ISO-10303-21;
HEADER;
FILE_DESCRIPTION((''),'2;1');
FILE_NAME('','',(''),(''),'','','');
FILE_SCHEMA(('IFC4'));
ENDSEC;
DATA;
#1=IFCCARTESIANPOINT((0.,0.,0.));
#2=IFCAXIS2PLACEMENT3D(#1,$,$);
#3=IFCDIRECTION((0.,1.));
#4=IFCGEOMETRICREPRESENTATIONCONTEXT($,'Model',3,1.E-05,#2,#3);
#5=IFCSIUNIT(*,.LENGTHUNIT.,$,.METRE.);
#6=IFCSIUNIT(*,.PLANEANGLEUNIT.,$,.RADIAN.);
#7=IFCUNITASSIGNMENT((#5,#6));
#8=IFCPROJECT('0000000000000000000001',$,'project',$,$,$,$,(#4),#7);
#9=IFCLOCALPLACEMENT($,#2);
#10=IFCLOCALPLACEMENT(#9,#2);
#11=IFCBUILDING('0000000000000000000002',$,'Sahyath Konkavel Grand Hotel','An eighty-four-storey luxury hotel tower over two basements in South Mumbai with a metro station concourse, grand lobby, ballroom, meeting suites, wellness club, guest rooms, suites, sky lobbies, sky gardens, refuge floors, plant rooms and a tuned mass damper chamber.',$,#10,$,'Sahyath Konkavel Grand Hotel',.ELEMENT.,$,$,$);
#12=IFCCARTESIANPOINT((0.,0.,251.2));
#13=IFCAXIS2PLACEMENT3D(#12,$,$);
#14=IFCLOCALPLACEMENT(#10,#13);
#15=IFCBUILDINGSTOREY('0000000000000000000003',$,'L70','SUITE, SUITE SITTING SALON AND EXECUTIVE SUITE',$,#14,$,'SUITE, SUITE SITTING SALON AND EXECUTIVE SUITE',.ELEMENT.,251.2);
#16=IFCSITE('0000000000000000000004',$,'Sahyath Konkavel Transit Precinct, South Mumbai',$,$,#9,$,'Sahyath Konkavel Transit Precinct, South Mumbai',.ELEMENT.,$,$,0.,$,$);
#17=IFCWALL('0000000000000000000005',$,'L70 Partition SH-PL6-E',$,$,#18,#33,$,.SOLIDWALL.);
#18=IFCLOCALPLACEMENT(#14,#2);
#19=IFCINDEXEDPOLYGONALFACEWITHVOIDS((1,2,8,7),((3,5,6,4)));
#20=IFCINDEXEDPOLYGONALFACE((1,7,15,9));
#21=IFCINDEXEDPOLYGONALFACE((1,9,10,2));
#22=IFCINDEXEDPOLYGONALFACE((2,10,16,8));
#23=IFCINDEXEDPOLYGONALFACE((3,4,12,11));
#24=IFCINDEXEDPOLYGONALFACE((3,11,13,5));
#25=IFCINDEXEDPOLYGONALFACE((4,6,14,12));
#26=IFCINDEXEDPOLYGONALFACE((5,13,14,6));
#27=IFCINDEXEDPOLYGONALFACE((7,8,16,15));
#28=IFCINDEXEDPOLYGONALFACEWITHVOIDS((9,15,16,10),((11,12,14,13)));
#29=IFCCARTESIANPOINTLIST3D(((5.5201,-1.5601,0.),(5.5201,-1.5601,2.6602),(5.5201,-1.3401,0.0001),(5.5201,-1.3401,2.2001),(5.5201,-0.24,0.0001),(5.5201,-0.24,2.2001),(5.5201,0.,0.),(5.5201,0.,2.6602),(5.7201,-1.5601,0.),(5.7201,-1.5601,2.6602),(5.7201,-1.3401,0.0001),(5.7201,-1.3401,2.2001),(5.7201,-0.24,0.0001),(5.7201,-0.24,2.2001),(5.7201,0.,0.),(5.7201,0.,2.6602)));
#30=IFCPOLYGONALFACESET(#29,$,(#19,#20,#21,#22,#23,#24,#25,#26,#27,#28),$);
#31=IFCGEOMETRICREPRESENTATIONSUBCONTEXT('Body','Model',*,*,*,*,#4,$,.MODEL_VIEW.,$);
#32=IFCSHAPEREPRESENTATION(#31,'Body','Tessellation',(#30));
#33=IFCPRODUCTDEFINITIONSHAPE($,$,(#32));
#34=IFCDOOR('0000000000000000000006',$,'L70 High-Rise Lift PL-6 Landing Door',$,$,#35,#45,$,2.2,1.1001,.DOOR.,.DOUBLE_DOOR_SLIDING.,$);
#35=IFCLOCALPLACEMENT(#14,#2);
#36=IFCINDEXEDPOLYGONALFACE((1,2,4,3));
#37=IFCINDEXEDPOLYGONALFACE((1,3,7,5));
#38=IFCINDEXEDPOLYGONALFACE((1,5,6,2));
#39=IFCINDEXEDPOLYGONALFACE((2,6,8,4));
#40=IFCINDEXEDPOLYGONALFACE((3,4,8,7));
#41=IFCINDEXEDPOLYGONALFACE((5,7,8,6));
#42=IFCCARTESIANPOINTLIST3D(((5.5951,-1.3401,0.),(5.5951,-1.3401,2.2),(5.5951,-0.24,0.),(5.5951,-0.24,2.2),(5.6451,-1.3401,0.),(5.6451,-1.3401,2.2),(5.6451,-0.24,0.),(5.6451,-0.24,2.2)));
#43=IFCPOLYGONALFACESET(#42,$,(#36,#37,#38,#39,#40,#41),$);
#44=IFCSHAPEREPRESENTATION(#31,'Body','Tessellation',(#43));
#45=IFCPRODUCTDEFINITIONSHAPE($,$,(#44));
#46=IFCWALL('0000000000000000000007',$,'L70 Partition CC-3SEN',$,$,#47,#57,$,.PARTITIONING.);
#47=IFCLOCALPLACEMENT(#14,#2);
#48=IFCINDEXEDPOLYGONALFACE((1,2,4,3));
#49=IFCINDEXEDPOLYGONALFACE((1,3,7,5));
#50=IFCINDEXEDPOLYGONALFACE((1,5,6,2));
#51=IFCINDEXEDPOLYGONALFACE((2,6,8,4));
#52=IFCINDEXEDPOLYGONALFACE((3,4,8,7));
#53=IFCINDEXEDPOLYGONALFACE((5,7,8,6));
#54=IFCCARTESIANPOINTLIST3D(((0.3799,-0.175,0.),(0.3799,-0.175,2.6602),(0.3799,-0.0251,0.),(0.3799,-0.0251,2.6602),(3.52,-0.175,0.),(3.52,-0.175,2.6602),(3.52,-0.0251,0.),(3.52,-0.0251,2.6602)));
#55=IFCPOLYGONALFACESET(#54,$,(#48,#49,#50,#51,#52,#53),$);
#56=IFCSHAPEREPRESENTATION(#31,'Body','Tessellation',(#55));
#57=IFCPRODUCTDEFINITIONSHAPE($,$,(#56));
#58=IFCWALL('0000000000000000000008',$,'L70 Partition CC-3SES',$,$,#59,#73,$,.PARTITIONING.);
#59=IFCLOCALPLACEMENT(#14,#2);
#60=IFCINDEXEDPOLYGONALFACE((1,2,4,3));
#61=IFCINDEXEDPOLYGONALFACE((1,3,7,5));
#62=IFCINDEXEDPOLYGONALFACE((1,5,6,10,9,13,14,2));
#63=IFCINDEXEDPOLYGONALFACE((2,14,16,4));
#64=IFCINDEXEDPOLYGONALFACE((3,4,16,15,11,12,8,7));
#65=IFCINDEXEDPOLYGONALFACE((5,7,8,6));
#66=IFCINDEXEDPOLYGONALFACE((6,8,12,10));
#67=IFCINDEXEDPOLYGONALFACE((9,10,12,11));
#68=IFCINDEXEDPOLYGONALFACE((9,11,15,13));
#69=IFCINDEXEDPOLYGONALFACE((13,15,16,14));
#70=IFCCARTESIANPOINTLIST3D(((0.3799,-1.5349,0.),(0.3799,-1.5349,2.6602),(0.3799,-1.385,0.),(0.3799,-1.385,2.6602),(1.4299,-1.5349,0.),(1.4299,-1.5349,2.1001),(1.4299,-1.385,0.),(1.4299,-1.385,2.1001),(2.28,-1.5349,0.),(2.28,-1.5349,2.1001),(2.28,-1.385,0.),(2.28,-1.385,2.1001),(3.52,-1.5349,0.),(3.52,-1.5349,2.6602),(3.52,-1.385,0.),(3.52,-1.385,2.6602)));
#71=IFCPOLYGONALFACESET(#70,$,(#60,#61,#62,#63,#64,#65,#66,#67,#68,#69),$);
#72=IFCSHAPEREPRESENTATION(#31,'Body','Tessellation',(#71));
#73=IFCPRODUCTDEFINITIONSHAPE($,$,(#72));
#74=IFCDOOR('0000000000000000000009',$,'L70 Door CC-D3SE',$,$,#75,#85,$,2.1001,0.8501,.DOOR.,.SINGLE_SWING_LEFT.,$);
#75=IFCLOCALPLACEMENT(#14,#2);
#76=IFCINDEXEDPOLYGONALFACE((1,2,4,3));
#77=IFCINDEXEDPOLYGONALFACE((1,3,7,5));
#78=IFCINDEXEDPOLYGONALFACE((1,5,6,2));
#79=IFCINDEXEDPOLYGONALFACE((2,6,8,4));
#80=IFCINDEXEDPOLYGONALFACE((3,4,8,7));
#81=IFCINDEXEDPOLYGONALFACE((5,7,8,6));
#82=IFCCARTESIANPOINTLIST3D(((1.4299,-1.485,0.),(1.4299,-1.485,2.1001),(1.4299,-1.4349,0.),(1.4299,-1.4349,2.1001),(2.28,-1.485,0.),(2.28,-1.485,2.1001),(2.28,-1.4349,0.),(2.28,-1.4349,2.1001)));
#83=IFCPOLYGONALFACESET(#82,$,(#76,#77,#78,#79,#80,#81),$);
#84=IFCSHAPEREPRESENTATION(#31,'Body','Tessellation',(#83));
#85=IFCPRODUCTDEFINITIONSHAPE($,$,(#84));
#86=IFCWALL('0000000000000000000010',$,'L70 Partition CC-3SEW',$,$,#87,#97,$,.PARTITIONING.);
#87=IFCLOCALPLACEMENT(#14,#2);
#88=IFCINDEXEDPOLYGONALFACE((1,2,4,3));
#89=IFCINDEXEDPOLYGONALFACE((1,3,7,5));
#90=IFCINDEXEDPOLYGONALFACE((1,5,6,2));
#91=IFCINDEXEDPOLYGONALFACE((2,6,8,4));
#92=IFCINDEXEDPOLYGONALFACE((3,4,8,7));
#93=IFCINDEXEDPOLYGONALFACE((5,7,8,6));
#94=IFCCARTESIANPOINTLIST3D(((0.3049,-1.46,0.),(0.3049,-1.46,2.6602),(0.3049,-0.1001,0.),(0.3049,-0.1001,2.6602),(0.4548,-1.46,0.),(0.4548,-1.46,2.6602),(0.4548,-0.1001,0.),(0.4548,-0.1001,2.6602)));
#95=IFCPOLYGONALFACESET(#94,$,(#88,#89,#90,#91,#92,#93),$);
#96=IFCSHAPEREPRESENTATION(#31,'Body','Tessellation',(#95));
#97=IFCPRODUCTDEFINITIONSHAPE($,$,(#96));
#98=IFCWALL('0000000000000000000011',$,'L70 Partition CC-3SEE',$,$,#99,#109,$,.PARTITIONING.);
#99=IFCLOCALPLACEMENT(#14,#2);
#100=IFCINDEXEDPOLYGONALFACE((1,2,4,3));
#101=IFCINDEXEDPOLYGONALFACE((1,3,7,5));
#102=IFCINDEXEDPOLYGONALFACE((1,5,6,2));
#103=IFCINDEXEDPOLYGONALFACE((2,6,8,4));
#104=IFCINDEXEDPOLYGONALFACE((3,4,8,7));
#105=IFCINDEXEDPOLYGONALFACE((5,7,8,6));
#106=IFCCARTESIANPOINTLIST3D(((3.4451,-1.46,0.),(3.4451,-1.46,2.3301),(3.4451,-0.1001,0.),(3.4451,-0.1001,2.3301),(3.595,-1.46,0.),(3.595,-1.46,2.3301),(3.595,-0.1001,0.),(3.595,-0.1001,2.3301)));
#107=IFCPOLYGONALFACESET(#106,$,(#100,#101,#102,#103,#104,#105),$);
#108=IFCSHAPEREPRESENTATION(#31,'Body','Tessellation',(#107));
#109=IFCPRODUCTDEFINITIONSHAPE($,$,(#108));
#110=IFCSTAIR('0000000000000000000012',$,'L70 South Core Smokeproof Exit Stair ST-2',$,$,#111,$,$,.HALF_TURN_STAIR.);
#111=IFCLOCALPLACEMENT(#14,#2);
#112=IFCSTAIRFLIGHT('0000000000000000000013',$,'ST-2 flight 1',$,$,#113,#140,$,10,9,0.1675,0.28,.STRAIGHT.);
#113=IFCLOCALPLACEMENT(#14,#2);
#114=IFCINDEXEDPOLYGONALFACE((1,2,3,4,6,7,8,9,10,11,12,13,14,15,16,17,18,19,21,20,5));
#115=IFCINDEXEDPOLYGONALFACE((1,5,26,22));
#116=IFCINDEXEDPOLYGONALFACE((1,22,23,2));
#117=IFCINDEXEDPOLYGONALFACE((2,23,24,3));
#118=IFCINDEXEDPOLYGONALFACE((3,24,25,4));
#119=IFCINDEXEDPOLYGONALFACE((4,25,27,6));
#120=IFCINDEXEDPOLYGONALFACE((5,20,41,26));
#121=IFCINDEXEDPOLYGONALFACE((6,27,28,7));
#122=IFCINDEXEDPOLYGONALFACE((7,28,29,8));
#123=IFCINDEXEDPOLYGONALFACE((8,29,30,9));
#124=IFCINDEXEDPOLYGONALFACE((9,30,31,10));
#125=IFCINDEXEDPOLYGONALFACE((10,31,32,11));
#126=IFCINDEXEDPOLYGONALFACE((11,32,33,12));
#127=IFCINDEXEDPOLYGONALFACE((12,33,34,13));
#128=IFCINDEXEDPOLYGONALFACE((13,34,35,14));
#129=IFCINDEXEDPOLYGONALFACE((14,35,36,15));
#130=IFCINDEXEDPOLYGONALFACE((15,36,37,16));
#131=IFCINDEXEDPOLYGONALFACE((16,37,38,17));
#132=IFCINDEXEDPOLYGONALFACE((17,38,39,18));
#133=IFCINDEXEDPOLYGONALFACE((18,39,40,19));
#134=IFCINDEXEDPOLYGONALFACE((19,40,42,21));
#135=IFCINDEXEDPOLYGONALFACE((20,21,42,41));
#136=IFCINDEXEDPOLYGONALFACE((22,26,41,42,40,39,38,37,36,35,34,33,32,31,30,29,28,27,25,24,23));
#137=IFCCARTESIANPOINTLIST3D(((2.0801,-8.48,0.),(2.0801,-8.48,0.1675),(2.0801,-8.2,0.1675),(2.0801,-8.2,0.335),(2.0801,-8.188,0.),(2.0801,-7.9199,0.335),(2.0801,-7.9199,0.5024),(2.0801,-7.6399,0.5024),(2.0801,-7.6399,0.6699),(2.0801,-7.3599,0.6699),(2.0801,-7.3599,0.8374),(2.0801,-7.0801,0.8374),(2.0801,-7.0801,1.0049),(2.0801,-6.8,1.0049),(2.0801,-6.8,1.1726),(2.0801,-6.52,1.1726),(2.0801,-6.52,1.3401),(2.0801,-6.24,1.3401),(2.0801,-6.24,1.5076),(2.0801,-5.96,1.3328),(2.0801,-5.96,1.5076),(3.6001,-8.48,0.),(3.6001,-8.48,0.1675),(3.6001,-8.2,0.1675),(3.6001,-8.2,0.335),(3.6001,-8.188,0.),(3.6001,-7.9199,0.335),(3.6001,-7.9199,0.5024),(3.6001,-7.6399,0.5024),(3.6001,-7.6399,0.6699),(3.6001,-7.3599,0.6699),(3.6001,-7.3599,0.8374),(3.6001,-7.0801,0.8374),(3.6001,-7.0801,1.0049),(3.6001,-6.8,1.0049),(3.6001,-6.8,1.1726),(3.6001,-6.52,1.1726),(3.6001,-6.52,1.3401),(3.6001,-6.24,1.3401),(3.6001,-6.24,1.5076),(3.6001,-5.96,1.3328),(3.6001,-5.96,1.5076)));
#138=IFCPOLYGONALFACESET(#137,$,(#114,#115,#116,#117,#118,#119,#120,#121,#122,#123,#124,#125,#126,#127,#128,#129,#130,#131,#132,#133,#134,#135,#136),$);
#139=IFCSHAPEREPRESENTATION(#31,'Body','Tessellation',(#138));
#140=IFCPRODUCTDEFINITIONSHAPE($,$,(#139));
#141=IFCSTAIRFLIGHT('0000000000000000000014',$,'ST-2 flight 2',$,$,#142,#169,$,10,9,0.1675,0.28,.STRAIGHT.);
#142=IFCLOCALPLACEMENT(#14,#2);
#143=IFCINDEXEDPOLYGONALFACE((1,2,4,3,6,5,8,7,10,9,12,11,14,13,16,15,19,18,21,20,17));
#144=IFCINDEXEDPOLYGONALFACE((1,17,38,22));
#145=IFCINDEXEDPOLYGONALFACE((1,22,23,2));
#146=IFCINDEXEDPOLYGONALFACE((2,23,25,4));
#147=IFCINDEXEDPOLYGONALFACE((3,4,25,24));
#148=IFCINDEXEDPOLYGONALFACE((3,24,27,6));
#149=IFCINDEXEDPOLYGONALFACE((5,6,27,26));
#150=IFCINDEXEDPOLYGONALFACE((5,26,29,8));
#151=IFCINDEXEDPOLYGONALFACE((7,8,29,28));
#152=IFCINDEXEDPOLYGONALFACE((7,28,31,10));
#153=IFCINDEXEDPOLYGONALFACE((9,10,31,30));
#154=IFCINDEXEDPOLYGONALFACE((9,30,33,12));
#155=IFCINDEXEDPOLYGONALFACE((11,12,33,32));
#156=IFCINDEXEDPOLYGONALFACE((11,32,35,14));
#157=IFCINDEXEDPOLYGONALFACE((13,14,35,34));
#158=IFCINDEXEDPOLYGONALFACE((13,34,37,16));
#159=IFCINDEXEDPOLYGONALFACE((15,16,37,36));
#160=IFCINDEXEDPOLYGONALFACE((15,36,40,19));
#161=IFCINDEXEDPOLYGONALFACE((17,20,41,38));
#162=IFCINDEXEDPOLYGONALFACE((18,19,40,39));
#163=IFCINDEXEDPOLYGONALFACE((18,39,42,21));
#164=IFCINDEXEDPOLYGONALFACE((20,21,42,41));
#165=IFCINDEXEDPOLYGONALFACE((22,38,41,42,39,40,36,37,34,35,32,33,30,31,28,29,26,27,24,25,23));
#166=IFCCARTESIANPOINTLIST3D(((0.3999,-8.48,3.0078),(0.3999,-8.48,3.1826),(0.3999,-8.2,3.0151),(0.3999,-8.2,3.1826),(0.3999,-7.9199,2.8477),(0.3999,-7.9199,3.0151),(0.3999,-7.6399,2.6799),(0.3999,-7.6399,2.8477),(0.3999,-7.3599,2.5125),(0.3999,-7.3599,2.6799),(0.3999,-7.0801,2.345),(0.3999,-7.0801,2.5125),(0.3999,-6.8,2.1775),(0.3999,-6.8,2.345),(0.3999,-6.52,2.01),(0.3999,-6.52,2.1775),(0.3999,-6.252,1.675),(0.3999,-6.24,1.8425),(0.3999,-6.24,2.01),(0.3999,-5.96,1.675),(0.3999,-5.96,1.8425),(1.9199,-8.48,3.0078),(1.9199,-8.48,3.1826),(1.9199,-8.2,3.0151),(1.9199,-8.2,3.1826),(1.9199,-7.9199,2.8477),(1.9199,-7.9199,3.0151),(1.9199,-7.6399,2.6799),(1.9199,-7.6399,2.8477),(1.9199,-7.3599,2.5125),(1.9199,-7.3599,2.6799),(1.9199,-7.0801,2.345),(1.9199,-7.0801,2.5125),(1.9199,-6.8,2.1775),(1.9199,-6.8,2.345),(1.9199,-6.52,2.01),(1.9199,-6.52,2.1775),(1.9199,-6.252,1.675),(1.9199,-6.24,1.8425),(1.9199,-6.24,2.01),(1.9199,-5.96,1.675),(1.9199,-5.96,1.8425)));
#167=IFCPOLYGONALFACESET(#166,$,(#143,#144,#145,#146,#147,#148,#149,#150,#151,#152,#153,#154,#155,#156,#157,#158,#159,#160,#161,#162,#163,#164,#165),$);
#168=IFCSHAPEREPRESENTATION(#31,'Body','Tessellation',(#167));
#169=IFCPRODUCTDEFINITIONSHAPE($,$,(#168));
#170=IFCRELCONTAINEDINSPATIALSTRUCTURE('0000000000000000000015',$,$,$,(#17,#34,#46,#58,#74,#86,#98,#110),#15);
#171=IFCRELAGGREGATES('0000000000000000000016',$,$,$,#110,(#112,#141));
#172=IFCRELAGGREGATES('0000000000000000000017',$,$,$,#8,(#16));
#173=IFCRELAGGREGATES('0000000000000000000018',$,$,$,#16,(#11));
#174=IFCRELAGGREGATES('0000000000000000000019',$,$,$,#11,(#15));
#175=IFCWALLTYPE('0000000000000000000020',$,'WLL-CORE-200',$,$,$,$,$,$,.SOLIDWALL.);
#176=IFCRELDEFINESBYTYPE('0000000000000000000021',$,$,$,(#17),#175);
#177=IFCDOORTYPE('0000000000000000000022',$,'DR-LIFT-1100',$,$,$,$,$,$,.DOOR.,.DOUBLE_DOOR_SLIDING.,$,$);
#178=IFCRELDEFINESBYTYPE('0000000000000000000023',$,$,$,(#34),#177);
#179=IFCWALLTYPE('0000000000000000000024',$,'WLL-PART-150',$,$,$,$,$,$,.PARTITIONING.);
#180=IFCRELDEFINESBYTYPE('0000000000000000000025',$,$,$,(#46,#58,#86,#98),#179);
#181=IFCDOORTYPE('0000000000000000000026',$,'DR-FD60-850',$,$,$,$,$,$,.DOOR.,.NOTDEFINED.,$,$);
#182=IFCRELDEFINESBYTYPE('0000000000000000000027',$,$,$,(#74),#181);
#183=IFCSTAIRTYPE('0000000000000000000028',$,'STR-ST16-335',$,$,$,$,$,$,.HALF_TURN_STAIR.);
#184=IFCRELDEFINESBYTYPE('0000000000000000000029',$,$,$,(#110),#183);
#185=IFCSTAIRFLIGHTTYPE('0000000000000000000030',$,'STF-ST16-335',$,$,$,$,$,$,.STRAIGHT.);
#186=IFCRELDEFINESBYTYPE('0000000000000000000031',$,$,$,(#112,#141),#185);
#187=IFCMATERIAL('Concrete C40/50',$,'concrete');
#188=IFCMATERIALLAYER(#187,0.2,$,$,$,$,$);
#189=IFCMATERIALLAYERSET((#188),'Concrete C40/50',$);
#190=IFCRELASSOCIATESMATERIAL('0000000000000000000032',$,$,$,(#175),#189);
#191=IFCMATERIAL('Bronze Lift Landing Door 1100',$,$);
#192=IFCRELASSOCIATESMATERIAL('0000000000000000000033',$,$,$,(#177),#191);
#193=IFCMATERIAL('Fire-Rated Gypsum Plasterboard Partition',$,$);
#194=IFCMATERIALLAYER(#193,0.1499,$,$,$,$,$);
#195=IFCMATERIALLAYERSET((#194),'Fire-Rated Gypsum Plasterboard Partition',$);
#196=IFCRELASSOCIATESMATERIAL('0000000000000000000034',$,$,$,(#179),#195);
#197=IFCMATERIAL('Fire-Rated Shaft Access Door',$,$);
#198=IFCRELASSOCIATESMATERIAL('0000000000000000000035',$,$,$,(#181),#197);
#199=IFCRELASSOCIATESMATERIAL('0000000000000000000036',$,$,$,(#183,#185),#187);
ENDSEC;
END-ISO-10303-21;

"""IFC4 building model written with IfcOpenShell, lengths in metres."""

from ifc_helpers import new_model, si_unit, direction, frame, frame_2d, origin, origin_2d, place, context, subcontext, project, spatial, polyline, rectangle, outline, extrude, source, transform, mapped, material, layer, layer_set, type_object, element, fill, aggregate, save


model = new_model("IFC4")

# Units and contexts
model_context = context("Model", 3, precision=1e-05, world=origin(), true_north=direction((0.0, 1.0)))
body_context = subcontext(model_context, "Body", "Model", "MODEL_VIEW")
ifc_project = project(units=[si_unit("LENGTHUNIT", "METRE"), si_unit("PLANEANGLEUNIT", "RADIAN")], contexts=[model_context])

# Site, building, storey
site_placement = place(None, origin())
site = spatial("IfcSite", under=ifc_project, at=site_placement, Name="Sahyath Konkavel Transit Precinct, South Mumbai", LongName="Sahyath Konkavel Transit Precinct, South Mumbai", CompositionType="ELEMENT", RefElevation=0.0)
building_placement = place(site_placement, origin())
building = spatial("IfcBuilding", under=site, at=building_placement, Name="Sahyath Konkavel Grand Hotel", Description="An eighty-four-storey luxury hotel tower over two basements in South Mumbai with a metro station concourse, grand lobby, ballroom, meeting suites, wellness club, guest rooms, suites, sky lobbies, sky gardens, refuge floors, plant rooms and a tuned mass damper chamber.", LongName="Sahyath Konkavel Grand Hotel", CompositionType="ELEMENT")
storey_placement = place(building_placement, frame((0.0, 0.0, 251.2)))
storey = spatial("IfcBuildingStorey", under=building, at=storey_placement, Name="L70", Description="SUITE, SUITE SITTING SALON AND EXECUTIVE SUITE", LongName="SUITE, SUITE SITTING SALON AND EXECUTIVE SUITE", CompositionType="ELEMENT", Elevation=251.2)

# Shared definitions
ifc_material_1 = material(Name="Concrete C40/50", Category="concrete")

# Shared definitions
ifc_layer_1 = layer(ifc_material_1, 0.2)
ifc_layer_set_1 = layer_set([ifc_layer_1], Name="Concrete C40/50")
wall_type_1 = type_object("IfcWallType", Name="WLL-CORE-200", PredefinedType="SOLIDWALL", material=ifc_layer_set_1)

# Wall, opening, door
wall_1_placement = place(storey_placement, frame((5.6201, -1.5601, 0.0), z_axis=(0.0, 0.0, 1.0), x_axis=(0.0, 1.0, 0.0)))
wall_1 = element("IfcWall", 1, at=wall_1_placement, inside=storey, type_object=wall_type_1, Name="L70 Partition SH-PL6-E", PredefinedType="SOLIDWALL", context=body_context, shape_type="SweptSolid", body=[
    extrude(rectangle(XDim=1.5601, YDim=0.2, at=frame_2d((0.78, 0.0))), origin(), (0.0, 0.0, 1.0), 2.6602),
])
opening_1_placement = place(wall_1_placement, frame((0.22, 0.0, 0.0)))
opening_1 = element("IfcOpeningElement", 2, at=opening_1_placement, cuts=wall_1, PredefinedType="OPENING", context=body_context, shape_type="SweptSolid", body=[
    extrude(rectangle(XDim=1.1001, YDim=2.2, at=frame_2d((0.55, 1.1001))), frame((0.0, 0.1099, 0.0), z_axis=(0.0, -1.0, 0.0), x_axis=(1.0, 0.0, 0.0)), (0.0, 0.0, 1.0), 0.22),
])
ifc_material_2 = material(Name="Bronze Lift Landing Door 1100")
door_type_1 = type_object("IfcDoorType", Name="DR-LIFT-1100", OperationType="DOUBLE_DOOR_SLIDING", PredefinedType="DOOR", material=ifc_material_2)
shared_shape_1 = source(origin(), body_context, "Body", "SweptSolid", [
    extrude(rectangle(XDim=1.1001, YDim=0.05, at=origin_2d()), origin(), (0.0, 0.0, 1.0), 2.2),
])
door_1_placement = place(opening_1_placement, frame((0.55, 0.0, 0.0)))
door_1 = element("IfcDoor", 3, at=door_1_placement, inside=storey, type_object=door_type_1, Name="L70 High-Rise Lift PL-6 Landing Door", OperationType="DOUBLE_DOOR_SLIDING", OverallHeight=2.2, OverallWidth=1.1001, PredefinedType="DOOR", context=body_context, shape_type="MappedRepresentation", body=[
    mapped(shared_shape_1, transform((0.0, 0.0, 0.0), scale=1.0)),
])
fill(opening_1, door_1)

# Wall
ifc_material_3 = material(Name="Fire-Rated Gypsum Plasterboard Partition")
ifc_layer_2 = layer(ifc_material_3, 0.1499)
ifc_layer_set_2 = layer_set([ifc_layer_2], Name="Fire-Rated Gypsum Plasterboard Partition")
wall_type_2 = type_object("IfcWallType", Name="WLL-PART-150", PredefinedType="PARTITIONING", material=ifc_layer_set_2)
wall_2_placement = place(storey_placement, frame((0.3799, -0.1001, 0.0), z_axis=(0.0, 0.0, 1.0), x_axis=(1.0, 0.0, 0.0)))
element("IfcWall", 4, at=wall_2_placement, inside=storey, type_object=wall_type_2, Name="L70 Partition CC-3SEN", PredefinedType="PARTITIONING", context=body_context, shape_type="SweptSolid", body=[
    extrude(rectangle(XDim=3.1401, YDim=0.1499, at=frame_2d((1.5701, 0.0))), origin(), (0.0, 0.0, 1.0), 2.6602),
])

# Wall, opening, door
wall_3_placement = place(storey_placement, frame((0.3799, -1.46, 0.0), z_axis=(0.0, 0.0, 1.0), x_axis=(1.0, 0.0, 0.0)))
wall_3 = element("IfcWall", 5, at=wall_3_placement, inside=storey, type_object=wall_type_2, Name="L70 Partition CC-3SES", PredefinedType="PARTITIONING", context=body_context, shape_type="SweptSolid", body=[
    extrude(rectangle(XDim=3.1401, YDim=0.1499, at=frame_2d((1.5701, 0.0))), origin(), (0.0, 0.0, 1.0), 2.6602),
])
opening_2_placement = place(wall_3_placement, frame((1.05, 0.0, 0.0)))
opening_2 = element("IfcOpeningElement", 6, at=opening_2_placement, cuts=wall_3, PredefinedType="OPENING", context=body_context, shape_type="SweptSolid", body=[
    extrude(rectangle(XDim=0.8501, YDim=2.1001, at=frame_2d((0.425, 1.05))), frame((0.0, 0.085, 0.0), z_axis=(0.0, -1.0, 0.0), x_axis=(1.0, 0.0, 0.0)), (0.0, 0.0, 1.0), 0.1699),
])
ifc_material_4 = material(Name="Fire-Rated Shaft Access Door")
door_type_2 = type_object("IfcDoorType", Name="DR-FD60-850", OperationType="NOTDEFINED", PredefinedType="DOOR", material=ifc_material_4)
shared_shape_2 = source(origin(), body_context, "Body", "SweptSolid", [
    extrude(rectangle(XDim=0.8501, YDim=0.05, at=origin_2d()), origin(), (0.0, 0.0, 1.0), 2.1001),
])
door_2_placement = place(opening_2_placement, frame((0.425, 0.0, 0.0)))
door_2 = element("IfcDoor", 7, at=door_2_placement, inside=storey, type_object=door_type_2, Name="L70 Door CC-D3SE", OperationType="SINGLE_SWING_LEFT", OverallHeight=2.1001, OverallWidth=0.8501, PredefinedType="DOOR", context=body_context, shape_type="MappedRepresentation", body=[
    mapped(shared_shape_2, transform((0.0, 0.0, 0.0), scale=1.0)),
])
fill(opening_2, door_2)

# Walls
wall_4_placement = place(storey_placement, frame((0.3799, -1.46, 0.0), z_axis=(0.0, 0.0, 1.0), x_axis=(0.0, 1.0, 0.0)))
element("IfcWall", 8, at=wall_4_placement, inside=storey, type_object=wall_type_2, Name="L70 Partition CC-3SEW", PredefinedType="PARTITIONING", context=body_context, shape_type="SweptSolid", body=[
    extrude(rectangle(XDim=1.3599, YDim=0.1499, at=frame_2d((0.6799, 0.0))), origin(), (0.0, 0.0, 1.0), 2.6602),
])
wall_5_placement = place(storey_placement, frame((3.52, -1.46, 0.0), z_axis=(0.0, 0.0, 1.0), x_axis=(0.0, 1.0, 0.0)))
element("IfcWall", 9, at=wall_5_placement, inside=storey, type_object=wall_type_2, Name="L70 Partition CC-3SEE", PredefinedType="PARTITIONING", context=body_context, shape_type="SweptSolid", body=[
    extrude(rectangle(XDim=1.3599, YDim=0.1499, at=frame_2d((0.6799, 0.0))), origin(), (0.0, 0.0, 1.0), 2.3301),
])

# Stair, stair flights
stair_type = type_object("IfcStairType", Name="STR-ST16-335", PredefinedType="HALF_TURN_STAIR", material=ifc_material_1)
stair_placement = place(storey_placement, origin())
stair = element("IfcStair", 10, at=stair_placement, inside=storey, type_object=stair_type, Name="L70 South Core Smokeproof Exit Stair ST-2", PredefinedType="HALF_TURN_STAIR")
stair_flight_type = type_object("IfcStairFlightType", Name="STF-ST16-335", PredefinedType="STRAIGHT", material=ifc_material_1)
stair_flight_1_placement = place(storey_placement, frame((2.8401, -8.48, 0.0), z_axis=(0.0, 0.0, 1.0), x_axis=(0.0, 1.0, 0.0)))
stair_flight_1 = element("IfcStairFlight", 11, at=stair_flight_1_placement, type_object=stair_flight_type, Name="ST-2 flight 1", NumberOfRisers=10, NumberOfTreads=9, PredefinedType="STRAIGHT", RiserHeight=0.1675, TreadLength=0.28, context=body_context, shape_type="SweptSolid", body=[
    extrude(outline(polyline([(0.0, 0.0), (0.0, 0.1675), (0.28, 0.1675), (0.28, 0.335), (0.5601, 0.335), (0.5601, 0.5024), (0.8401, 0.5024), (0.8401, 0.6699), (1.1201, 0.6699), (1.1201, 0.8374), (1.3999, 0.8374), (1.3999, 1.0049), (1.6799, 1.0049), (1.6799, 1.1726), (1.96, 1.1726), (1.96, 1.3401), (2.24, 1.3401), (2.24, 1.5076), (2.52, 1.5076), (2.52, 1.675), (2.52, 1.3328), (0.292, 0.0), (0.0, 0.0)])), frame((0.0, 0.76, 0.0), z_axis=(0.0, -1.0, 0.0), x_axis=(1.0, 0.0, 0.0)), (0.0, 0.0, 1.0), 1.52),
])
stair_flight_2_placement = place(storey_placement, frame((1.1599, -5.96, 1.675), z_axis=(0.0, 0.0, 1.0), x_axis=(0.0, -1.0, 0.0)))
stair_flight_2 = element("IfcStairFlight", 12, at=stair_flight_2_placement, type_object=stair_flight_type, Name="ST-2 flight 2", NumberOfRisers=10, NumberOfTreads=9, PredefinedType="STRAIGHT", RiserHeight=0.1675, TreadLength=0.28, context=body_context, shape_type="SweptSolid", body=[
    extrude(outline(polyline([(0.0, 0.0), (0.0, 0.1675), (0.28, 0.1675), (0.28, 0.335), (0.5601, 0.335), (0.5601, 0.5024), (0.8401, 0.5024), (0.8401, 0.6699), (1.1201, 0.6699), (1.1201, 0.8374), (1.3999, 0.8374), (1.3999, 1.0049), (1.6799, 1.0049), (1.6799, 1.1726), (1.96, 1.1726), (1.96, 1.3401), (2.24, 1.3401), (2.24, 1.5076), (2.52, 1.5076), (2.52, 1.675), (2.52, 1.3328), (0.292, 0.0), (0.0, 0.0)])), frame((0.0, 0.76, 0.0), z_axis=(0.0, -1.0, 0.0), x_axis=(1.0, 0.0, 0.0)), (0.0, 0.0, 1.0), 1.52),
])
aggregate(stair, [stair_flight_1, stair_flight_2])

save(model, "model.ifc")
